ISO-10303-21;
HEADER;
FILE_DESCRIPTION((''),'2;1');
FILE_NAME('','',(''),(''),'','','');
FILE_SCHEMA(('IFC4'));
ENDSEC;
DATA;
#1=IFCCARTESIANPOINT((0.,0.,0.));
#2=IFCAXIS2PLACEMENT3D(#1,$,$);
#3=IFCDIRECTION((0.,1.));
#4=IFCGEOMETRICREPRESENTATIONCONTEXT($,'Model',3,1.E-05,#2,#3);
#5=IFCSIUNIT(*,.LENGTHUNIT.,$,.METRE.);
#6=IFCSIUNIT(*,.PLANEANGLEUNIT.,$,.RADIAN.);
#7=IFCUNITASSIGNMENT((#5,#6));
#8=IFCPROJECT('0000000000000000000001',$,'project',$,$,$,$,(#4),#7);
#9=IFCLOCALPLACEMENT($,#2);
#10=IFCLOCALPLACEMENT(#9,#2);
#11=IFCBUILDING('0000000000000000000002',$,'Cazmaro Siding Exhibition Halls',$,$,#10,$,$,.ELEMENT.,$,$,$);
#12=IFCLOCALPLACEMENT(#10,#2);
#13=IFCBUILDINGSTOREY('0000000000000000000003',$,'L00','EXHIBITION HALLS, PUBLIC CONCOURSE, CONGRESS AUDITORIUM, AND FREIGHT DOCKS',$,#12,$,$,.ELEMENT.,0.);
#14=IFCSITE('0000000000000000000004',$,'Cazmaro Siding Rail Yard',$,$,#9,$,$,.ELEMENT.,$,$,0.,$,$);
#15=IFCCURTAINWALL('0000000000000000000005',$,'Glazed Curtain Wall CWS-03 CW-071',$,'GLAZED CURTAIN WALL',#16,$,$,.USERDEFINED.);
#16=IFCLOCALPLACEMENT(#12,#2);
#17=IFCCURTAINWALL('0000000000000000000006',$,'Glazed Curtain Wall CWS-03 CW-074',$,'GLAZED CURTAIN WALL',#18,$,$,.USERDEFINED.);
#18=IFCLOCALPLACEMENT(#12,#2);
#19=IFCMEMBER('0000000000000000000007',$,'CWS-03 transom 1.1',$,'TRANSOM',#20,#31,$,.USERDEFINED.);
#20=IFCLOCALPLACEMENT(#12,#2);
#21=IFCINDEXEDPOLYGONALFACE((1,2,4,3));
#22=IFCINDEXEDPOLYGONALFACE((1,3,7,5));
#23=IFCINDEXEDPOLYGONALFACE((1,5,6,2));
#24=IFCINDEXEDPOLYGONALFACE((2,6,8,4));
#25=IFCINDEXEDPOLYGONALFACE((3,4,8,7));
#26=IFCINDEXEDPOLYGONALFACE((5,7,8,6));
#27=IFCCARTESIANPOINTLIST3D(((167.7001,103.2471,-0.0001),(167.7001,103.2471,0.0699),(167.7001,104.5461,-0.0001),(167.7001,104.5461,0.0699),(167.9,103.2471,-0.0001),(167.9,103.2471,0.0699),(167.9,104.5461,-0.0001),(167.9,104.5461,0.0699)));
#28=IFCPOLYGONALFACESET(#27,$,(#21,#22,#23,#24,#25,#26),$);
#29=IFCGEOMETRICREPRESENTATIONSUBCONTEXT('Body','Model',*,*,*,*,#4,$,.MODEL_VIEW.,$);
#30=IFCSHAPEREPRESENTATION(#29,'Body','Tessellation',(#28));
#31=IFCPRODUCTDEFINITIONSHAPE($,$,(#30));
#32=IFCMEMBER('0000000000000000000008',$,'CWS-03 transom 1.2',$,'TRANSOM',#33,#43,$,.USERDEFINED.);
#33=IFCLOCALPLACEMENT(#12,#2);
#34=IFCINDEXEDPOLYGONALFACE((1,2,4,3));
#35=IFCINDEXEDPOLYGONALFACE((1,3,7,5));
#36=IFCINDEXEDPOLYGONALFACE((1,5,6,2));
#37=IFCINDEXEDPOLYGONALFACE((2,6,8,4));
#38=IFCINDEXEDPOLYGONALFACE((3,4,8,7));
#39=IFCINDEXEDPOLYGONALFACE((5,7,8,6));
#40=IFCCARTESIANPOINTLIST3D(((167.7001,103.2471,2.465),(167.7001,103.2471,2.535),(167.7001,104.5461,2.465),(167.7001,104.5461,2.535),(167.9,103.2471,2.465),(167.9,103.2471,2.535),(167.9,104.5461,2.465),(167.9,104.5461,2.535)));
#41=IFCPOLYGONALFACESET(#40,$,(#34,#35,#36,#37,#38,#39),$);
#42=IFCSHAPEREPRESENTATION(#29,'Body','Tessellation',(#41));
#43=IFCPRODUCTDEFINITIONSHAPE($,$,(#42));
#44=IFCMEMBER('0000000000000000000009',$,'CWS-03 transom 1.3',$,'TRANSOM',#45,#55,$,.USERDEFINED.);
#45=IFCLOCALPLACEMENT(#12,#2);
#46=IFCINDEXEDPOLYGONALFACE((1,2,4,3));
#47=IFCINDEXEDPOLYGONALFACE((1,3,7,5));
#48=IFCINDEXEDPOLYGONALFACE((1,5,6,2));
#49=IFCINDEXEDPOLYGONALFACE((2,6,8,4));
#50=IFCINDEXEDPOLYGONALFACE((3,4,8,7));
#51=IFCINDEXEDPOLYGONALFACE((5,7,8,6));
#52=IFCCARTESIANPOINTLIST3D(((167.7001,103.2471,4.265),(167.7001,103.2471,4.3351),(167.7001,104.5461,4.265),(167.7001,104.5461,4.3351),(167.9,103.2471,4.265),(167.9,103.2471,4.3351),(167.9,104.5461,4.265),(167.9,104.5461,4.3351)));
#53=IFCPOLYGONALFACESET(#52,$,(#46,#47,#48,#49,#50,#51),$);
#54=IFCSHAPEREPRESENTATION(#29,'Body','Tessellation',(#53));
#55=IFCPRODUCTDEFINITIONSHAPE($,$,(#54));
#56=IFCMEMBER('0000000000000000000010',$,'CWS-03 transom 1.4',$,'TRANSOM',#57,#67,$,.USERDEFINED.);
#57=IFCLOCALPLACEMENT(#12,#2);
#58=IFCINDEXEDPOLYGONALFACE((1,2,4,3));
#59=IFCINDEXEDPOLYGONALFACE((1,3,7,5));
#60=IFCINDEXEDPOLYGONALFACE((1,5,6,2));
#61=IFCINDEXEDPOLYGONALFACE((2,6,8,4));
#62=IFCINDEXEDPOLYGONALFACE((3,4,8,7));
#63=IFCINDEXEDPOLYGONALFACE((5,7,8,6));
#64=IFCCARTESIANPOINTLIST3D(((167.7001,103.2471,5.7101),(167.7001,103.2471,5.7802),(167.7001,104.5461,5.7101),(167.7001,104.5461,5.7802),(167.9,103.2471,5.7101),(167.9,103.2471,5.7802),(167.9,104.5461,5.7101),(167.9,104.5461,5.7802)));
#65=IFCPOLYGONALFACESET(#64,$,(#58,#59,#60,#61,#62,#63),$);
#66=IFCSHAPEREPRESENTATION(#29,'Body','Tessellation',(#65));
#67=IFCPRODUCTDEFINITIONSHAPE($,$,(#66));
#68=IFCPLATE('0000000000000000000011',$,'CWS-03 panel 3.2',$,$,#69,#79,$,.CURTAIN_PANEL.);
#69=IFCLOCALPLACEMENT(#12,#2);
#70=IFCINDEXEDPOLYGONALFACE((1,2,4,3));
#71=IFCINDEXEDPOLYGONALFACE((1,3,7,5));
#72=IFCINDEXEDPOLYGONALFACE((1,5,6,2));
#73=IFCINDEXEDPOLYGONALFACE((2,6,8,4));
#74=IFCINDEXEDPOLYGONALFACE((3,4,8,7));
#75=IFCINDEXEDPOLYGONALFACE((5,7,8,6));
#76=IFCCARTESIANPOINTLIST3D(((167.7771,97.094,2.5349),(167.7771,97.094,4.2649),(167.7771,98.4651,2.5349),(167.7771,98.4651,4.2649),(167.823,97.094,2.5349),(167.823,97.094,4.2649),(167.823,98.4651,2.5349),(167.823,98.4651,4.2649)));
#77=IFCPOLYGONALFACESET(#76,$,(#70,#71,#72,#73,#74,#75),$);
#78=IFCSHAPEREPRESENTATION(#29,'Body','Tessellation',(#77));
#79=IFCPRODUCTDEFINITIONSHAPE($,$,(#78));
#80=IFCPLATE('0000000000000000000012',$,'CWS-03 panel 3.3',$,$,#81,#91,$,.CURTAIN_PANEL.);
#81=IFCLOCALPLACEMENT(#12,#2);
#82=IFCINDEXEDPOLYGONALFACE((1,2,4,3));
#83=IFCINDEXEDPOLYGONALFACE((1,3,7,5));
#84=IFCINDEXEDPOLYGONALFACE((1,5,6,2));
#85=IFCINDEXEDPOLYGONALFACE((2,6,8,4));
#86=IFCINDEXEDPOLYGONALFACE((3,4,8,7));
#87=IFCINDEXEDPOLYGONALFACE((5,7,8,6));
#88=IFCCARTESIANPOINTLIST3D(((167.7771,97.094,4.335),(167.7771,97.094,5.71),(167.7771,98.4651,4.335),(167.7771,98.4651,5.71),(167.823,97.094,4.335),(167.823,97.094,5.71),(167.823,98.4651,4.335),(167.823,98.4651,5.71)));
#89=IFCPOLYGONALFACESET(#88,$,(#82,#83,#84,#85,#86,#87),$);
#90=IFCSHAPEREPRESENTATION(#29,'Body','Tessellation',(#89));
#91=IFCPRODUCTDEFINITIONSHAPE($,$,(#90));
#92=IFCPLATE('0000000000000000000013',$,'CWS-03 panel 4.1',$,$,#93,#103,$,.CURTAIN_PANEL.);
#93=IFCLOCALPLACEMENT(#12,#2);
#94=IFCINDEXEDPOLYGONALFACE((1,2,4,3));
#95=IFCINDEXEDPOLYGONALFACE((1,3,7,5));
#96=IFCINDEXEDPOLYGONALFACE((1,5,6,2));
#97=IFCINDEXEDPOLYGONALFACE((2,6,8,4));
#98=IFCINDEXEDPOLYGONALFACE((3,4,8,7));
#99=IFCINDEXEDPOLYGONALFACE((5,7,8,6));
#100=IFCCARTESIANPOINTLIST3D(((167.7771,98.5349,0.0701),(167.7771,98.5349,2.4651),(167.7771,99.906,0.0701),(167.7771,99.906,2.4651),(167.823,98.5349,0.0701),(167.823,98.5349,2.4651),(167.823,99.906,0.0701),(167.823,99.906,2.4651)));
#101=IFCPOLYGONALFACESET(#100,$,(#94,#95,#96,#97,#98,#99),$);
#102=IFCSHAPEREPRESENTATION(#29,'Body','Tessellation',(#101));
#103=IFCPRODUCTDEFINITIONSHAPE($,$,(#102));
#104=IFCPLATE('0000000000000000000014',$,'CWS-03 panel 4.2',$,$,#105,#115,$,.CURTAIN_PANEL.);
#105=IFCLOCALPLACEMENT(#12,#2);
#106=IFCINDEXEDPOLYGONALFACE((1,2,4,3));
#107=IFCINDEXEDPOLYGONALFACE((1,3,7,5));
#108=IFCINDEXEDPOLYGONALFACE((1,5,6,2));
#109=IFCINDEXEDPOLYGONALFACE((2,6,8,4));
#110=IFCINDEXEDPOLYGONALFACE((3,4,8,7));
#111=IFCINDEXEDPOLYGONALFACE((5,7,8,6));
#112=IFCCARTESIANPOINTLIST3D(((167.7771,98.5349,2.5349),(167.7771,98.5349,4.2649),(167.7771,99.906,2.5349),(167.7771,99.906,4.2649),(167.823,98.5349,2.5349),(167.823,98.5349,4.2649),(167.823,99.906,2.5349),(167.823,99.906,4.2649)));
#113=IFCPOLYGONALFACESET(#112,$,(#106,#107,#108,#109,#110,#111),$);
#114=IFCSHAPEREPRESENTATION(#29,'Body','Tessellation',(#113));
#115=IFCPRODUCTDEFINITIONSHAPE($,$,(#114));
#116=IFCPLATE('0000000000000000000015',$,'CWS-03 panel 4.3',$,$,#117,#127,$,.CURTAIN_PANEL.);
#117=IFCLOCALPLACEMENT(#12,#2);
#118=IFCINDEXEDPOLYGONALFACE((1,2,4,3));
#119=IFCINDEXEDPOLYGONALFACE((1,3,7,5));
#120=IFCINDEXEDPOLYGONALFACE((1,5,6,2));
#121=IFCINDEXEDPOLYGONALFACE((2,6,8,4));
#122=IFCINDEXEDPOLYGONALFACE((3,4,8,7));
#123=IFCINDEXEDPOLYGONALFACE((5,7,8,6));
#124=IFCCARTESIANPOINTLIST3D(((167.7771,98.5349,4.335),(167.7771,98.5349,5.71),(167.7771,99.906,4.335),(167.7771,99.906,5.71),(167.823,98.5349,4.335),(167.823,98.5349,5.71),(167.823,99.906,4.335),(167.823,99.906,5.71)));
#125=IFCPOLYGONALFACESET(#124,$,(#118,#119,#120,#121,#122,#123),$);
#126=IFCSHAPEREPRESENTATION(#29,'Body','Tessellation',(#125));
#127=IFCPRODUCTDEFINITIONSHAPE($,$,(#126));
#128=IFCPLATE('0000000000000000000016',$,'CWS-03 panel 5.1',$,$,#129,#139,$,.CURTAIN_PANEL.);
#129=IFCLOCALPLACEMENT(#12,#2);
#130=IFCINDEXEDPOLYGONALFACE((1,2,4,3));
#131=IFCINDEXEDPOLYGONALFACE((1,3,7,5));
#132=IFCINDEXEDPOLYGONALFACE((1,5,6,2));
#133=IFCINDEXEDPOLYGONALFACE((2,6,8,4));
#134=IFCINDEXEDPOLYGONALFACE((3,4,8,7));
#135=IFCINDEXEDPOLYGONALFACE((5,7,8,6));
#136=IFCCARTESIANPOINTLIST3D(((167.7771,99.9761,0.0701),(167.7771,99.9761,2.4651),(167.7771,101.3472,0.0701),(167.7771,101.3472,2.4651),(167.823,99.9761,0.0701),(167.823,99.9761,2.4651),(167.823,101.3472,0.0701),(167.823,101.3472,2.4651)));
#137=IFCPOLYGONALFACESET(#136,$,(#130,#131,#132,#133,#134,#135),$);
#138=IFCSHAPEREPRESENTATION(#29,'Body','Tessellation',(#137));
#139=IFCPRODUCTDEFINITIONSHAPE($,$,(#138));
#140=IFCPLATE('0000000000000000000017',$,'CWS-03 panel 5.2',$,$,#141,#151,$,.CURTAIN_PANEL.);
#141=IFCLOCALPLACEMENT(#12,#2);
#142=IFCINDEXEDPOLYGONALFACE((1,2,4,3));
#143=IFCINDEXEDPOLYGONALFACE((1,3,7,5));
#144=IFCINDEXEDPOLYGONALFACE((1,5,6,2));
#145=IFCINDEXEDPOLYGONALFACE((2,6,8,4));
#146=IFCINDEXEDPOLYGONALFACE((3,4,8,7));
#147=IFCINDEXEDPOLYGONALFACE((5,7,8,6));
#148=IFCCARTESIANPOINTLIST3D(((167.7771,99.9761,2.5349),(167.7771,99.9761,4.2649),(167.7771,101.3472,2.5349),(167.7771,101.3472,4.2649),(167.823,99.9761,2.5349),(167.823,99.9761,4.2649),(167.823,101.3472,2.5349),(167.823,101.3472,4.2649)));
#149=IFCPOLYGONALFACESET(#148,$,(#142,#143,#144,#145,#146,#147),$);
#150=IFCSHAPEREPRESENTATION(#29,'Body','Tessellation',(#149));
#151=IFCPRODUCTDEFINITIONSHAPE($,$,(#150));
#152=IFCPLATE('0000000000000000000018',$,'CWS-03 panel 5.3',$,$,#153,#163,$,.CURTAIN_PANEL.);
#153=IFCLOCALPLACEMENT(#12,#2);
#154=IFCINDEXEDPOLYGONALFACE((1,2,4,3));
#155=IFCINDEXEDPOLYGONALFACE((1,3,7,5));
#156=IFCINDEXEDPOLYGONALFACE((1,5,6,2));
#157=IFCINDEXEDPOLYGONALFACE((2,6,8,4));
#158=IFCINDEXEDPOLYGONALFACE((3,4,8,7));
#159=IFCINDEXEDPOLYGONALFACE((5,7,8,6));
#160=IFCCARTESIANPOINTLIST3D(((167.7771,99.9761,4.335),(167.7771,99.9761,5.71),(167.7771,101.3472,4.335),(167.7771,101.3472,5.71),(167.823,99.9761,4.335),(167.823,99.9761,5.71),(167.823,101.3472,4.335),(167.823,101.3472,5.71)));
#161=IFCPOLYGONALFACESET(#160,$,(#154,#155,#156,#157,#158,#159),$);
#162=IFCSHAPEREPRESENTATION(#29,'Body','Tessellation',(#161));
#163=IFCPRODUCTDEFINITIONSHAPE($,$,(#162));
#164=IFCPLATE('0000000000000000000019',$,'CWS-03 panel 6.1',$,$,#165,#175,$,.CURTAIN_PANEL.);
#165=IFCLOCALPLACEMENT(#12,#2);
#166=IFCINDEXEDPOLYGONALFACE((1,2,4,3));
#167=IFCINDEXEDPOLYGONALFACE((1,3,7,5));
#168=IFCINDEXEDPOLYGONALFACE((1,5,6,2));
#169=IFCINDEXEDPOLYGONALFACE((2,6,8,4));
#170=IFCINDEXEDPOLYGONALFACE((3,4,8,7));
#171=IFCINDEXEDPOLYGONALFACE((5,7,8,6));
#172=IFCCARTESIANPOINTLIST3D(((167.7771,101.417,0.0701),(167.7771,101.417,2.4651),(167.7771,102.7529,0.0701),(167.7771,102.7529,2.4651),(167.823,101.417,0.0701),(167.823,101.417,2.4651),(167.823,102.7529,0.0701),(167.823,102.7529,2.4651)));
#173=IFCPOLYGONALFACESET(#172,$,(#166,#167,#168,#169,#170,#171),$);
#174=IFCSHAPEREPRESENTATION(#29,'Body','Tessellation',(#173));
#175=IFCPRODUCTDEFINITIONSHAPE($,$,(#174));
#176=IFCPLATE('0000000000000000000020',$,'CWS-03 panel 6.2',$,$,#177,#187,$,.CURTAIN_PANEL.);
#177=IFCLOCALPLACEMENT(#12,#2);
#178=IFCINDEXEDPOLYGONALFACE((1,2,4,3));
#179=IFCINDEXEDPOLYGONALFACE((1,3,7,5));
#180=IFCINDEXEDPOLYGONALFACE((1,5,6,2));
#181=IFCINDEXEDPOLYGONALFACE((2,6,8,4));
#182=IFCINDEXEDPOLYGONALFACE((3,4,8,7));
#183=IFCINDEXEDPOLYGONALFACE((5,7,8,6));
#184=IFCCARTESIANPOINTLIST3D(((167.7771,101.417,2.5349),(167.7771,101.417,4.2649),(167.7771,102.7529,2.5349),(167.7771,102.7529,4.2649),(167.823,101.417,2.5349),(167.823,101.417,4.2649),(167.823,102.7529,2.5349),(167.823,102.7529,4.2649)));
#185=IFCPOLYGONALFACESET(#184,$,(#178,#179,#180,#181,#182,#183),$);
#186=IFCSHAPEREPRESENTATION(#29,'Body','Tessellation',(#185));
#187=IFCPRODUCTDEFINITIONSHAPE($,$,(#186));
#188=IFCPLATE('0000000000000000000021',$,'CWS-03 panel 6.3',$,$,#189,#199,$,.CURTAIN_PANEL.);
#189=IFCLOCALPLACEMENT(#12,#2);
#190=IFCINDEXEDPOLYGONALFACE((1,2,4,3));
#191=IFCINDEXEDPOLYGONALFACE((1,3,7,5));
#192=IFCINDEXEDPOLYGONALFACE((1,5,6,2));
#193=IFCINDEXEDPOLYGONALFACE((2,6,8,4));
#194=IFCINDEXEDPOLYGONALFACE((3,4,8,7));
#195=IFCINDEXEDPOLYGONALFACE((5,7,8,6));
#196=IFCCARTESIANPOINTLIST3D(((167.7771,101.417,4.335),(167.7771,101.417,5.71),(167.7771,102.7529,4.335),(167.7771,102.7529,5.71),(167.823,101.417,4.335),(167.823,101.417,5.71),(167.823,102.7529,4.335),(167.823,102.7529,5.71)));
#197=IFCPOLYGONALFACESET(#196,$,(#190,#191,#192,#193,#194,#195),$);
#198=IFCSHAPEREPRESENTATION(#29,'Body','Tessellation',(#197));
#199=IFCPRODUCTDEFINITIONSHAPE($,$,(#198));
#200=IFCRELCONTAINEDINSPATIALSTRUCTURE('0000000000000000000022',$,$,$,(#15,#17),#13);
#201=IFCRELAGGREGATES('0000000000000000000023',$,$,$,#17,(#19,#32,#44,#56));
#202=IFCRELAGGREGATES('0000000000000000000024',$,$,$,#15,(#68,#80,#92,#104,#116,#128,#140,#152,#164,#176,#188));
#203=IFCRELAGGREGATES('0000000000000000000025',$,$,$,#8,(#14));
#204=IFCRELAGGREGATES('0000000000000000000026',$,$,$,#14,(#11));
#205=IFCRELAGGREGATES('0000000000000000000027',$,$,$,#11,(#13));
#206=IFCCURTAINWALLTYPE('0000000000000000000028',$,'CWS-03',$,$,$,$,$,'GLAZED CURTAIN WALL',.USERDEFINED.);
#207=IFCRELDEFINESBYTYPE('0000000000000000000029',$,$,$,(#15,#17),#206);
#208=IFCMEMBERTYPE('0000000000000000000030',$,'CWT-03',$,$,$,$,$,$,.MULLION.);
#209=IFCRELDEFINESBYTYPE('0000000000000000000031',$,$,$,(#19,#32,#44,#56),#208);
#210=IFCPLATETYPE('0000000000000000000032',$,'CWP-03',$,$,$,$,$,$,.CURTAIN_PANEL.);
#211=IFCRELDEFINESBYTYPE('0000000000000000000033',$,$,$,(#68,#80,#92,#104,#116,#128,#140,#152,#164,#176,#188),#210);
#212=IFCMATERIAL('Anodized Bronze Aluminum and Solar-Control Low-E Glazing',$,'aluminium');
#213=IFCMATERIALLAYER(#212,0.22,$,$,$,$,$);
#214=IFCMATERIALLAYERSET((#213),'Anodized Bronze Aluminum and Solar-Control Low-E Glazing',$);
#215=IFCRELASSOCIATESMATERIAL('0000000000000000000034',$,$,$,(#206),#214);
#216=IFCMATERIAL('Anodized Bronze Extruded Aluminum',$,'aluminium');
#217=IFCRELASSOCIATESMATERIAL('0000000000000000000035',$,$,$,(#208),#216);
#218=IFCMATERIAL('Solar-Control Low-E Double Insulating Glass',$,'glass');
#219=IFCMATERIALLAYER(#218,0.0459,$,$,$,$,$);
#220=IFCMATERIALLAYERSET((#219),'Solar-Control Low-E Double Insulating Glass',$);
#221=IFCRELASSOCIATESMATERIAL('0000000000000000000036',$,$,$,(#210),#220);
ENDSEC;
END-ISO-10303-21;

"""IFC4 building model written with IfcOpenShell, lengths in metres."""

from ifc_helpers import new_model, si_unit, direction, frame, origin, origin_2d, place, context, subcontext, project, spatial, rectangle, extrude, material, layer, layer_set, material_profile, profile_set, type_object, element, aggregate, save


model = new_model("IFC4")

# Units and contexts
model_context = context("Model", 3, precision=1e-05, world=origin(), true_north=direction((0.0, 1.0)))
body_context = subcontext(model_context, "Body", "Model", "MODEL_VIEW")
ifc_project = project(units=[si_unit("LENGTHUNIT", "METRE"), si_unit("PLANEANGLEUNIT", "RADIAN")], contexts=[model_context])

# Site, building, storey
site_placement = place(None, origin())
site = spatial("IfcSite", under=ifc_project, at=site_placement, Name="Cazmaro Siding Rail Yard", CompositionType="ELEMENT", RefElevation=0.0)
building_placement = place(site_placement, origin())
building = spatial("IfcBuilding", under=site, at=building_placement, Name="Cazmaro Siding Exhibition Halls", CompositionType="ELEMENT")
storey_placement = place(building_placement, origin())
storey = spatial("IfcBuildingStorey", under=building, at=storey_placement, Name="L00", Description="EXHIBITION HALLS, PUBLIC CONCOURSE, CONGRESS AUDITORIUM, AND FREIGHT DOCKS", CompositionType="ELEMENT", Elevation=0.0)

# Curtain wall
ifc_material_1 = material(Name="Anodized Bronze Aluminum and Solar-Control Low-E Glazing", Category="aluminium")
ifc_layer_1 = layer(ifc_material_1, 0.22)
ifc_layer_set_1 = layer_set([ifc_layer_1], Name="Anodized Bronze Aluminum and Solar-Control Low-E Glazing")
curtain_wall_type = type_object("IfcCurtainWallType", Name="CWS-03", ElementType="GLAZED CURTAIN WALL", PredefinedType="USERDEFINED", material=ifc_layer_set_1)
curtain_wall_1_placement = place(storey_placement, origin())
curtain_wall_1 = element("IfcCurtainWall", 1, at=curtain_wall_1_placement, inside=storey, type_object=curtain_wall_type, Name="Glazed Curtain Wall CWS-03 CW-071", ObjectType="GLAZED CURTAIN WALL", PredefinedType="USERDEFINED")

# Curtain wall
curtain_wall_2_placement = place(storey_placement, origin())
curtain_wall_2 = element("IfcCurtainWall", 2, at=curtain_wall_2_placement, inside=storey, type_object=curtain_wall_type, Name="Glazed Curtain Wall CWS-03 CW-074", ObjectType="GLAZED CURTAIN WALL", PredefinedType="USERDEFINED")

# Members
ifc_material_2 = material(Name="Anodized Bronze Extruded Aluminum", Category="aluminium")
ifc_material_profile_1 = material_profile(ifc_material_2, rectangle(XDim=0.2, YDim=0.0701, at=origin_2d()), Name="CWT-03")
ifc_profile_set_1 = profile_set([ifc_material_profile_1], Name="Anodized Bronze Extruded Aluminum")
member_type_1 = type_object("IfcMemberType", Name="CWT-03", PredefinedType="MULLION", material=ifc_profile_set_1)
member_1_placement = place(storey_placement, frame((167.8, 103.2471, 0.0349), z_axis=(0.0, 1.0, 0.0), x_axis=(-1.0, 0.0, 0.0)))
member_1 = element("IfcMember", 3, at=member_1_placement, type_object=member_type_1, Name="CWS-03 transom 1.1", ObjectType="TRANSOM", PredefinedType="USERDEFINED", context=body_context, shape_type="SweptSolid", body=[
    extrude(rectangle(XDim=0.2, YDim=0.0701, at=origin_2d()), origin(), (0.0, 0.0, 1.0), 1.2991),
])
member_2_placement = place(storey_placement, frame((167.8, 103.2471, 2.5), z_axis=(0.0, 1.0, 0.0), x_axis=(-1.0, 0.0, 0.0)))
member_2 = element("IfcMember", 4, at=member_2_placement, type_object=member_type_1, Name="CWS-03 transom 1.2", ObjectType="TRANSOM", PredefinedType="USERDEFINED", context=body_context, shape_type="SweptSolid", body=[
    extrude(rectangle(XDim=0.2, YDim=0.0701, at=origin_2d()), origin(), (0.0, 0.0, 1.0), 1.2991),
])
member_3_placement = place(storey_placement, frame((167.8, 103.2471, 4.3), z_axis=(0.0, 1.0, 0.0), x_axis=(-1.0, 0.0, 0.0)))
member_3 = element("IfcMember", 5, at=member_3_placement, type_object=member_type_1, Name="CWS-03 transom 1.3", ObjectType="TRANSOM", PredefinedType="USERDEFINED", context=body_context, shape_type="SweptSolid", body=[
    extrude(rectangle(XDim=0.2, YDim=0.0701, at=origin_2d()), origin(), (0.0, 0.0, 1.0), 1.2991),
])
member_4_placement = place(storey_placement, frame((167.8, 103.2471, 5.7451), z_axis=(0.0, 1.0, 0.0), x_axis=(-1.0, 0.0, 0.0)))
member_4 = element("IfcMember", 6, at=member_4_placement, type_object=member_type_1, Name="CWS-03 transom 1.4", ObjectType="TRANSOM", PredefinedType="USERDEFINED", context=body_context, shape_type="SweptSolid", body=[
    extrude(rectangle(XDim=0.2, YDim=0.0701, at=origin_2d()), origin(), (0.0, 0.0, 1.0), 1.2991),
])
aggregate(curtain_wall_2, [member_1, member_2, member_3, member_4])

# Plates
ifc_material_3 = material(Name="Solar-Control Low-E Double Insulating Glass", Category="glass")
ifc_layer_2 = layer(ifc_material_3, 0.0459)
ifc_layer_set_2 = layer_set([ifc_layer_2], Name="Solar-Control Low-E Double Insulating Glass")
plate_type = type_object("IfcPlateType", Name="CWP-03", PredefinedType="CURTAIN_PANEL", material=ifc_layer_set_2)
plate_1_placement = place(storey_placement, frame((167.8, 97.7795, 2.5349), z_axis=(0.0, 0.0, 1.0), x_axis=(0.0, 1.0, 0.0)))
plate_1 = element("IfcPlate", 7, at=plate_1_placement, type_object=plate_type, Name="CWS-03 panel 3.2", PredefinedType="CURTAIN_PANEL", context=body_context, shape_type="SweptSolid", body=[
    extrude(rectangle(XDim=1.3711, YDim=0.0459, at=origin_2d()), origin(), (0.0, 0.0, 1.0), 1.73),
])
plate_2_placement = place(storey_placement, frame((167.8, 97.7795, 4.335), z_axis=(0.0, 0.0, 1.0), x_axis=(0.0, 1.0, 0.0)))
plate_2 = element("IfcPlate", 8, at=plate_2_placement, type_object=plate_type, Name="CWS-03 panel 3.3", PredefinedType="CURTAIN_PANEL", context=body_context, shape_type="SweptSolid", body=[
    extrude(rectangle(XDim=1.3711, YDim=0.0459, at=origin_2d()), origin(), (0.0, 0.0, 1.0), 1.375),
])
plate_3_placement = place(storey_placement, frame((167.8, 99.2205, 0.0701), z_axis=(0.0, 0.0, 1.0), x_axis=(0.0, 1.0, 0.0)))
plate_3 = element("IfcPlate", 9, at=plate_3_placement, type_object=plate_type, Name="CWS-03 panel 4.1", PredefinedType="CURTAIN_PANEL", context=body_context, shape_type="SweptSolid", body=[
    extrude(rectangle(XDim=1.3711, YDim=0.0459, at=origin_2d()), origin(), (0.0, 0.0, 1.0), 2.395),
])
plate_4_placement = place(storey_placement, frame((167.8, 99.2205, 2.5349), z_axis=(0.0, 0.0, 1.0), x_axis=(0.0, 1.0, 0.0)))
plate_4 = element("IfcPlate", 10, at=plate_4_placement, type_object=plate_type, Name="CWS-03 panel 4.2", PredefinedType="CURTAIN_PANEL", context=body_context, shape_type="SweptSolid", body=[
    extrude(rectangle(XDim=1.3711, YDim=0.0459, at=origin_2d()), origin(), (0.0, 0.0, 1.0), 1.73),
])
plate_5_placement = place(storey_placement, frame((167.8, 99.2205, 4.335), z_axis=(0.0, 0.0, 1.0), x_axis=(0.0, 1.0, 0.0)))
plate_5 = element("IfcPlate", 11, at=plate_5_placement, type_object=plate_type, Name="CWS-03 panel 4.3", PredefinedType="CURTAIN_PANEL", context=body_context, shape_type="SweptSolid", body=[
    extrude(rectangle(XDim=1.3711, YDim=0.0459, at=origin_2d()), origin(), (0.0, 0.0, 1.0), 1.375),
])
plate_6_placement = place(storey_placement, frame((167.8, 100.6616, 0.0701), z_axis=(0.0, 0.0, 1.0), x_axis=(0.0, 1.0, 0.0)))
plate_6 = element("IfcPlate", 12, at=plate_6_placement, type_object=plate_type, Name="CWS-03 panel 5.1", PredefinedType="CURTAIN_PANEL", context=body_context, shape_type="SweptSolid", body=[
    extrude(rectangle(XDim=1.3711, YDim=0.0459, at=origin_2d()), origin(), (0.0, 0.0, 1.0), 2.395),
])
plate_7_placement = place(storey_placement, frame((167.8, 100.6616, 2.5349), z_axis=(0.0, 0.0, 1.0), x_axis=(0.0, 1.0, 0.0)))
plate_7 = element("IfcPlate", 13, at=plate_7_placement, type_object=plate_type, Name="CWS-03 panel 5.2", PredefinedType="CURTAIN_PANEL", context=body_context, shape_type="SweptSolid", body=[
    extrude(rectangle(XDim=1.3711, YDim=0.0459, at=origin_2d()), origin(), (0.0, 0.0, 1.0), 1.73),
])
plate_8_placement = place(storey_placement, frame((167.8, 100.6616, 4.335), z_axis=(0.0, 0.0, 1.0), x_axis=(0.0, 1.0, 0.0)))
plate_8 = element("IfcPlate", 14, at=plate_8_placement, type_object=plate_type, Name="CWS-03 panel 5.3", PredefinedType="CURTAIN_PANEL", context=body_context, shape_type="SweptSolid", body=[
    extrude(rectangle(XDim=1.3711, YDim=0.0459, at=origin_2d()), origin(), (0.0, 0.0, 1.0), 1.375),
])
plate_9_placement = place(storey_placement, frame((167.8, 102.085, 0.0701), z_axis=(0.0, 0.0, 1.0), x_axis=(0.0, 1.0, 0.0)))
plate_9 = element("IfcPlate", 15, at=plate_9_placement, type_object=plate_type, Name="CWS-03 panel 6.1", PredefinedType="CURTAIN_PANEL", context=body_context, shape_type="SweptSolid", body=[
    extrude(rectangle(XDim=1.3359, YDim=0.0459, at=origin_2d()), origin(), (0.0, 0.0, 1.0), 2.395),
])
plate_10_placement = place(storey_placement, frame((167.8, 102.085, 2.5349), z_axis=(0.0, 0.0, 1.0), x_axis=(0.0, 1.0, 0.0)))
plate_10 = element("IfcPlate", 16, at=plate_10_placement, type_object=plate_type, Name="CWS-03 panel 6.2", PredefinedType="CURTAIN_PANEL", context=body_context, shape_type="SweptSolid", body=[
    extrude(rectangle(XDim=1.3359, YDim=0.0459, at=origin_2d()), origin(), (0.0, 0.0, 1.0), 1.73),
])
plate_11_placement = place(storey_placement, frame((167.8, 102.085, 4.335), z_axis=(0.0, 0.0, 1.0), x_axis=(0.0, 1.0, 0.0)))
plate_11 = element("IfcPlate", 17, at=plate_11_placement, type_object=plate_type, Name="CWS-03 panel 6.3", PredefinedType="CURTAIN_PANEL", context=body_context, shape_type="SweptSolid", body=[
    extrude(rectangle(XDim=1.3359, YDim=0.0459, at=origin_2d()), origin(), (0.0, 0.0, 1.0), 1.375),
])
aggregate(curtain_wall_1, [plate_1, plate_2, plate_3, plate_4, plate_5, plate_6, plate_7, plate_8, plate_9, plate_10, plate_11])

save(model, "model.ifc")
